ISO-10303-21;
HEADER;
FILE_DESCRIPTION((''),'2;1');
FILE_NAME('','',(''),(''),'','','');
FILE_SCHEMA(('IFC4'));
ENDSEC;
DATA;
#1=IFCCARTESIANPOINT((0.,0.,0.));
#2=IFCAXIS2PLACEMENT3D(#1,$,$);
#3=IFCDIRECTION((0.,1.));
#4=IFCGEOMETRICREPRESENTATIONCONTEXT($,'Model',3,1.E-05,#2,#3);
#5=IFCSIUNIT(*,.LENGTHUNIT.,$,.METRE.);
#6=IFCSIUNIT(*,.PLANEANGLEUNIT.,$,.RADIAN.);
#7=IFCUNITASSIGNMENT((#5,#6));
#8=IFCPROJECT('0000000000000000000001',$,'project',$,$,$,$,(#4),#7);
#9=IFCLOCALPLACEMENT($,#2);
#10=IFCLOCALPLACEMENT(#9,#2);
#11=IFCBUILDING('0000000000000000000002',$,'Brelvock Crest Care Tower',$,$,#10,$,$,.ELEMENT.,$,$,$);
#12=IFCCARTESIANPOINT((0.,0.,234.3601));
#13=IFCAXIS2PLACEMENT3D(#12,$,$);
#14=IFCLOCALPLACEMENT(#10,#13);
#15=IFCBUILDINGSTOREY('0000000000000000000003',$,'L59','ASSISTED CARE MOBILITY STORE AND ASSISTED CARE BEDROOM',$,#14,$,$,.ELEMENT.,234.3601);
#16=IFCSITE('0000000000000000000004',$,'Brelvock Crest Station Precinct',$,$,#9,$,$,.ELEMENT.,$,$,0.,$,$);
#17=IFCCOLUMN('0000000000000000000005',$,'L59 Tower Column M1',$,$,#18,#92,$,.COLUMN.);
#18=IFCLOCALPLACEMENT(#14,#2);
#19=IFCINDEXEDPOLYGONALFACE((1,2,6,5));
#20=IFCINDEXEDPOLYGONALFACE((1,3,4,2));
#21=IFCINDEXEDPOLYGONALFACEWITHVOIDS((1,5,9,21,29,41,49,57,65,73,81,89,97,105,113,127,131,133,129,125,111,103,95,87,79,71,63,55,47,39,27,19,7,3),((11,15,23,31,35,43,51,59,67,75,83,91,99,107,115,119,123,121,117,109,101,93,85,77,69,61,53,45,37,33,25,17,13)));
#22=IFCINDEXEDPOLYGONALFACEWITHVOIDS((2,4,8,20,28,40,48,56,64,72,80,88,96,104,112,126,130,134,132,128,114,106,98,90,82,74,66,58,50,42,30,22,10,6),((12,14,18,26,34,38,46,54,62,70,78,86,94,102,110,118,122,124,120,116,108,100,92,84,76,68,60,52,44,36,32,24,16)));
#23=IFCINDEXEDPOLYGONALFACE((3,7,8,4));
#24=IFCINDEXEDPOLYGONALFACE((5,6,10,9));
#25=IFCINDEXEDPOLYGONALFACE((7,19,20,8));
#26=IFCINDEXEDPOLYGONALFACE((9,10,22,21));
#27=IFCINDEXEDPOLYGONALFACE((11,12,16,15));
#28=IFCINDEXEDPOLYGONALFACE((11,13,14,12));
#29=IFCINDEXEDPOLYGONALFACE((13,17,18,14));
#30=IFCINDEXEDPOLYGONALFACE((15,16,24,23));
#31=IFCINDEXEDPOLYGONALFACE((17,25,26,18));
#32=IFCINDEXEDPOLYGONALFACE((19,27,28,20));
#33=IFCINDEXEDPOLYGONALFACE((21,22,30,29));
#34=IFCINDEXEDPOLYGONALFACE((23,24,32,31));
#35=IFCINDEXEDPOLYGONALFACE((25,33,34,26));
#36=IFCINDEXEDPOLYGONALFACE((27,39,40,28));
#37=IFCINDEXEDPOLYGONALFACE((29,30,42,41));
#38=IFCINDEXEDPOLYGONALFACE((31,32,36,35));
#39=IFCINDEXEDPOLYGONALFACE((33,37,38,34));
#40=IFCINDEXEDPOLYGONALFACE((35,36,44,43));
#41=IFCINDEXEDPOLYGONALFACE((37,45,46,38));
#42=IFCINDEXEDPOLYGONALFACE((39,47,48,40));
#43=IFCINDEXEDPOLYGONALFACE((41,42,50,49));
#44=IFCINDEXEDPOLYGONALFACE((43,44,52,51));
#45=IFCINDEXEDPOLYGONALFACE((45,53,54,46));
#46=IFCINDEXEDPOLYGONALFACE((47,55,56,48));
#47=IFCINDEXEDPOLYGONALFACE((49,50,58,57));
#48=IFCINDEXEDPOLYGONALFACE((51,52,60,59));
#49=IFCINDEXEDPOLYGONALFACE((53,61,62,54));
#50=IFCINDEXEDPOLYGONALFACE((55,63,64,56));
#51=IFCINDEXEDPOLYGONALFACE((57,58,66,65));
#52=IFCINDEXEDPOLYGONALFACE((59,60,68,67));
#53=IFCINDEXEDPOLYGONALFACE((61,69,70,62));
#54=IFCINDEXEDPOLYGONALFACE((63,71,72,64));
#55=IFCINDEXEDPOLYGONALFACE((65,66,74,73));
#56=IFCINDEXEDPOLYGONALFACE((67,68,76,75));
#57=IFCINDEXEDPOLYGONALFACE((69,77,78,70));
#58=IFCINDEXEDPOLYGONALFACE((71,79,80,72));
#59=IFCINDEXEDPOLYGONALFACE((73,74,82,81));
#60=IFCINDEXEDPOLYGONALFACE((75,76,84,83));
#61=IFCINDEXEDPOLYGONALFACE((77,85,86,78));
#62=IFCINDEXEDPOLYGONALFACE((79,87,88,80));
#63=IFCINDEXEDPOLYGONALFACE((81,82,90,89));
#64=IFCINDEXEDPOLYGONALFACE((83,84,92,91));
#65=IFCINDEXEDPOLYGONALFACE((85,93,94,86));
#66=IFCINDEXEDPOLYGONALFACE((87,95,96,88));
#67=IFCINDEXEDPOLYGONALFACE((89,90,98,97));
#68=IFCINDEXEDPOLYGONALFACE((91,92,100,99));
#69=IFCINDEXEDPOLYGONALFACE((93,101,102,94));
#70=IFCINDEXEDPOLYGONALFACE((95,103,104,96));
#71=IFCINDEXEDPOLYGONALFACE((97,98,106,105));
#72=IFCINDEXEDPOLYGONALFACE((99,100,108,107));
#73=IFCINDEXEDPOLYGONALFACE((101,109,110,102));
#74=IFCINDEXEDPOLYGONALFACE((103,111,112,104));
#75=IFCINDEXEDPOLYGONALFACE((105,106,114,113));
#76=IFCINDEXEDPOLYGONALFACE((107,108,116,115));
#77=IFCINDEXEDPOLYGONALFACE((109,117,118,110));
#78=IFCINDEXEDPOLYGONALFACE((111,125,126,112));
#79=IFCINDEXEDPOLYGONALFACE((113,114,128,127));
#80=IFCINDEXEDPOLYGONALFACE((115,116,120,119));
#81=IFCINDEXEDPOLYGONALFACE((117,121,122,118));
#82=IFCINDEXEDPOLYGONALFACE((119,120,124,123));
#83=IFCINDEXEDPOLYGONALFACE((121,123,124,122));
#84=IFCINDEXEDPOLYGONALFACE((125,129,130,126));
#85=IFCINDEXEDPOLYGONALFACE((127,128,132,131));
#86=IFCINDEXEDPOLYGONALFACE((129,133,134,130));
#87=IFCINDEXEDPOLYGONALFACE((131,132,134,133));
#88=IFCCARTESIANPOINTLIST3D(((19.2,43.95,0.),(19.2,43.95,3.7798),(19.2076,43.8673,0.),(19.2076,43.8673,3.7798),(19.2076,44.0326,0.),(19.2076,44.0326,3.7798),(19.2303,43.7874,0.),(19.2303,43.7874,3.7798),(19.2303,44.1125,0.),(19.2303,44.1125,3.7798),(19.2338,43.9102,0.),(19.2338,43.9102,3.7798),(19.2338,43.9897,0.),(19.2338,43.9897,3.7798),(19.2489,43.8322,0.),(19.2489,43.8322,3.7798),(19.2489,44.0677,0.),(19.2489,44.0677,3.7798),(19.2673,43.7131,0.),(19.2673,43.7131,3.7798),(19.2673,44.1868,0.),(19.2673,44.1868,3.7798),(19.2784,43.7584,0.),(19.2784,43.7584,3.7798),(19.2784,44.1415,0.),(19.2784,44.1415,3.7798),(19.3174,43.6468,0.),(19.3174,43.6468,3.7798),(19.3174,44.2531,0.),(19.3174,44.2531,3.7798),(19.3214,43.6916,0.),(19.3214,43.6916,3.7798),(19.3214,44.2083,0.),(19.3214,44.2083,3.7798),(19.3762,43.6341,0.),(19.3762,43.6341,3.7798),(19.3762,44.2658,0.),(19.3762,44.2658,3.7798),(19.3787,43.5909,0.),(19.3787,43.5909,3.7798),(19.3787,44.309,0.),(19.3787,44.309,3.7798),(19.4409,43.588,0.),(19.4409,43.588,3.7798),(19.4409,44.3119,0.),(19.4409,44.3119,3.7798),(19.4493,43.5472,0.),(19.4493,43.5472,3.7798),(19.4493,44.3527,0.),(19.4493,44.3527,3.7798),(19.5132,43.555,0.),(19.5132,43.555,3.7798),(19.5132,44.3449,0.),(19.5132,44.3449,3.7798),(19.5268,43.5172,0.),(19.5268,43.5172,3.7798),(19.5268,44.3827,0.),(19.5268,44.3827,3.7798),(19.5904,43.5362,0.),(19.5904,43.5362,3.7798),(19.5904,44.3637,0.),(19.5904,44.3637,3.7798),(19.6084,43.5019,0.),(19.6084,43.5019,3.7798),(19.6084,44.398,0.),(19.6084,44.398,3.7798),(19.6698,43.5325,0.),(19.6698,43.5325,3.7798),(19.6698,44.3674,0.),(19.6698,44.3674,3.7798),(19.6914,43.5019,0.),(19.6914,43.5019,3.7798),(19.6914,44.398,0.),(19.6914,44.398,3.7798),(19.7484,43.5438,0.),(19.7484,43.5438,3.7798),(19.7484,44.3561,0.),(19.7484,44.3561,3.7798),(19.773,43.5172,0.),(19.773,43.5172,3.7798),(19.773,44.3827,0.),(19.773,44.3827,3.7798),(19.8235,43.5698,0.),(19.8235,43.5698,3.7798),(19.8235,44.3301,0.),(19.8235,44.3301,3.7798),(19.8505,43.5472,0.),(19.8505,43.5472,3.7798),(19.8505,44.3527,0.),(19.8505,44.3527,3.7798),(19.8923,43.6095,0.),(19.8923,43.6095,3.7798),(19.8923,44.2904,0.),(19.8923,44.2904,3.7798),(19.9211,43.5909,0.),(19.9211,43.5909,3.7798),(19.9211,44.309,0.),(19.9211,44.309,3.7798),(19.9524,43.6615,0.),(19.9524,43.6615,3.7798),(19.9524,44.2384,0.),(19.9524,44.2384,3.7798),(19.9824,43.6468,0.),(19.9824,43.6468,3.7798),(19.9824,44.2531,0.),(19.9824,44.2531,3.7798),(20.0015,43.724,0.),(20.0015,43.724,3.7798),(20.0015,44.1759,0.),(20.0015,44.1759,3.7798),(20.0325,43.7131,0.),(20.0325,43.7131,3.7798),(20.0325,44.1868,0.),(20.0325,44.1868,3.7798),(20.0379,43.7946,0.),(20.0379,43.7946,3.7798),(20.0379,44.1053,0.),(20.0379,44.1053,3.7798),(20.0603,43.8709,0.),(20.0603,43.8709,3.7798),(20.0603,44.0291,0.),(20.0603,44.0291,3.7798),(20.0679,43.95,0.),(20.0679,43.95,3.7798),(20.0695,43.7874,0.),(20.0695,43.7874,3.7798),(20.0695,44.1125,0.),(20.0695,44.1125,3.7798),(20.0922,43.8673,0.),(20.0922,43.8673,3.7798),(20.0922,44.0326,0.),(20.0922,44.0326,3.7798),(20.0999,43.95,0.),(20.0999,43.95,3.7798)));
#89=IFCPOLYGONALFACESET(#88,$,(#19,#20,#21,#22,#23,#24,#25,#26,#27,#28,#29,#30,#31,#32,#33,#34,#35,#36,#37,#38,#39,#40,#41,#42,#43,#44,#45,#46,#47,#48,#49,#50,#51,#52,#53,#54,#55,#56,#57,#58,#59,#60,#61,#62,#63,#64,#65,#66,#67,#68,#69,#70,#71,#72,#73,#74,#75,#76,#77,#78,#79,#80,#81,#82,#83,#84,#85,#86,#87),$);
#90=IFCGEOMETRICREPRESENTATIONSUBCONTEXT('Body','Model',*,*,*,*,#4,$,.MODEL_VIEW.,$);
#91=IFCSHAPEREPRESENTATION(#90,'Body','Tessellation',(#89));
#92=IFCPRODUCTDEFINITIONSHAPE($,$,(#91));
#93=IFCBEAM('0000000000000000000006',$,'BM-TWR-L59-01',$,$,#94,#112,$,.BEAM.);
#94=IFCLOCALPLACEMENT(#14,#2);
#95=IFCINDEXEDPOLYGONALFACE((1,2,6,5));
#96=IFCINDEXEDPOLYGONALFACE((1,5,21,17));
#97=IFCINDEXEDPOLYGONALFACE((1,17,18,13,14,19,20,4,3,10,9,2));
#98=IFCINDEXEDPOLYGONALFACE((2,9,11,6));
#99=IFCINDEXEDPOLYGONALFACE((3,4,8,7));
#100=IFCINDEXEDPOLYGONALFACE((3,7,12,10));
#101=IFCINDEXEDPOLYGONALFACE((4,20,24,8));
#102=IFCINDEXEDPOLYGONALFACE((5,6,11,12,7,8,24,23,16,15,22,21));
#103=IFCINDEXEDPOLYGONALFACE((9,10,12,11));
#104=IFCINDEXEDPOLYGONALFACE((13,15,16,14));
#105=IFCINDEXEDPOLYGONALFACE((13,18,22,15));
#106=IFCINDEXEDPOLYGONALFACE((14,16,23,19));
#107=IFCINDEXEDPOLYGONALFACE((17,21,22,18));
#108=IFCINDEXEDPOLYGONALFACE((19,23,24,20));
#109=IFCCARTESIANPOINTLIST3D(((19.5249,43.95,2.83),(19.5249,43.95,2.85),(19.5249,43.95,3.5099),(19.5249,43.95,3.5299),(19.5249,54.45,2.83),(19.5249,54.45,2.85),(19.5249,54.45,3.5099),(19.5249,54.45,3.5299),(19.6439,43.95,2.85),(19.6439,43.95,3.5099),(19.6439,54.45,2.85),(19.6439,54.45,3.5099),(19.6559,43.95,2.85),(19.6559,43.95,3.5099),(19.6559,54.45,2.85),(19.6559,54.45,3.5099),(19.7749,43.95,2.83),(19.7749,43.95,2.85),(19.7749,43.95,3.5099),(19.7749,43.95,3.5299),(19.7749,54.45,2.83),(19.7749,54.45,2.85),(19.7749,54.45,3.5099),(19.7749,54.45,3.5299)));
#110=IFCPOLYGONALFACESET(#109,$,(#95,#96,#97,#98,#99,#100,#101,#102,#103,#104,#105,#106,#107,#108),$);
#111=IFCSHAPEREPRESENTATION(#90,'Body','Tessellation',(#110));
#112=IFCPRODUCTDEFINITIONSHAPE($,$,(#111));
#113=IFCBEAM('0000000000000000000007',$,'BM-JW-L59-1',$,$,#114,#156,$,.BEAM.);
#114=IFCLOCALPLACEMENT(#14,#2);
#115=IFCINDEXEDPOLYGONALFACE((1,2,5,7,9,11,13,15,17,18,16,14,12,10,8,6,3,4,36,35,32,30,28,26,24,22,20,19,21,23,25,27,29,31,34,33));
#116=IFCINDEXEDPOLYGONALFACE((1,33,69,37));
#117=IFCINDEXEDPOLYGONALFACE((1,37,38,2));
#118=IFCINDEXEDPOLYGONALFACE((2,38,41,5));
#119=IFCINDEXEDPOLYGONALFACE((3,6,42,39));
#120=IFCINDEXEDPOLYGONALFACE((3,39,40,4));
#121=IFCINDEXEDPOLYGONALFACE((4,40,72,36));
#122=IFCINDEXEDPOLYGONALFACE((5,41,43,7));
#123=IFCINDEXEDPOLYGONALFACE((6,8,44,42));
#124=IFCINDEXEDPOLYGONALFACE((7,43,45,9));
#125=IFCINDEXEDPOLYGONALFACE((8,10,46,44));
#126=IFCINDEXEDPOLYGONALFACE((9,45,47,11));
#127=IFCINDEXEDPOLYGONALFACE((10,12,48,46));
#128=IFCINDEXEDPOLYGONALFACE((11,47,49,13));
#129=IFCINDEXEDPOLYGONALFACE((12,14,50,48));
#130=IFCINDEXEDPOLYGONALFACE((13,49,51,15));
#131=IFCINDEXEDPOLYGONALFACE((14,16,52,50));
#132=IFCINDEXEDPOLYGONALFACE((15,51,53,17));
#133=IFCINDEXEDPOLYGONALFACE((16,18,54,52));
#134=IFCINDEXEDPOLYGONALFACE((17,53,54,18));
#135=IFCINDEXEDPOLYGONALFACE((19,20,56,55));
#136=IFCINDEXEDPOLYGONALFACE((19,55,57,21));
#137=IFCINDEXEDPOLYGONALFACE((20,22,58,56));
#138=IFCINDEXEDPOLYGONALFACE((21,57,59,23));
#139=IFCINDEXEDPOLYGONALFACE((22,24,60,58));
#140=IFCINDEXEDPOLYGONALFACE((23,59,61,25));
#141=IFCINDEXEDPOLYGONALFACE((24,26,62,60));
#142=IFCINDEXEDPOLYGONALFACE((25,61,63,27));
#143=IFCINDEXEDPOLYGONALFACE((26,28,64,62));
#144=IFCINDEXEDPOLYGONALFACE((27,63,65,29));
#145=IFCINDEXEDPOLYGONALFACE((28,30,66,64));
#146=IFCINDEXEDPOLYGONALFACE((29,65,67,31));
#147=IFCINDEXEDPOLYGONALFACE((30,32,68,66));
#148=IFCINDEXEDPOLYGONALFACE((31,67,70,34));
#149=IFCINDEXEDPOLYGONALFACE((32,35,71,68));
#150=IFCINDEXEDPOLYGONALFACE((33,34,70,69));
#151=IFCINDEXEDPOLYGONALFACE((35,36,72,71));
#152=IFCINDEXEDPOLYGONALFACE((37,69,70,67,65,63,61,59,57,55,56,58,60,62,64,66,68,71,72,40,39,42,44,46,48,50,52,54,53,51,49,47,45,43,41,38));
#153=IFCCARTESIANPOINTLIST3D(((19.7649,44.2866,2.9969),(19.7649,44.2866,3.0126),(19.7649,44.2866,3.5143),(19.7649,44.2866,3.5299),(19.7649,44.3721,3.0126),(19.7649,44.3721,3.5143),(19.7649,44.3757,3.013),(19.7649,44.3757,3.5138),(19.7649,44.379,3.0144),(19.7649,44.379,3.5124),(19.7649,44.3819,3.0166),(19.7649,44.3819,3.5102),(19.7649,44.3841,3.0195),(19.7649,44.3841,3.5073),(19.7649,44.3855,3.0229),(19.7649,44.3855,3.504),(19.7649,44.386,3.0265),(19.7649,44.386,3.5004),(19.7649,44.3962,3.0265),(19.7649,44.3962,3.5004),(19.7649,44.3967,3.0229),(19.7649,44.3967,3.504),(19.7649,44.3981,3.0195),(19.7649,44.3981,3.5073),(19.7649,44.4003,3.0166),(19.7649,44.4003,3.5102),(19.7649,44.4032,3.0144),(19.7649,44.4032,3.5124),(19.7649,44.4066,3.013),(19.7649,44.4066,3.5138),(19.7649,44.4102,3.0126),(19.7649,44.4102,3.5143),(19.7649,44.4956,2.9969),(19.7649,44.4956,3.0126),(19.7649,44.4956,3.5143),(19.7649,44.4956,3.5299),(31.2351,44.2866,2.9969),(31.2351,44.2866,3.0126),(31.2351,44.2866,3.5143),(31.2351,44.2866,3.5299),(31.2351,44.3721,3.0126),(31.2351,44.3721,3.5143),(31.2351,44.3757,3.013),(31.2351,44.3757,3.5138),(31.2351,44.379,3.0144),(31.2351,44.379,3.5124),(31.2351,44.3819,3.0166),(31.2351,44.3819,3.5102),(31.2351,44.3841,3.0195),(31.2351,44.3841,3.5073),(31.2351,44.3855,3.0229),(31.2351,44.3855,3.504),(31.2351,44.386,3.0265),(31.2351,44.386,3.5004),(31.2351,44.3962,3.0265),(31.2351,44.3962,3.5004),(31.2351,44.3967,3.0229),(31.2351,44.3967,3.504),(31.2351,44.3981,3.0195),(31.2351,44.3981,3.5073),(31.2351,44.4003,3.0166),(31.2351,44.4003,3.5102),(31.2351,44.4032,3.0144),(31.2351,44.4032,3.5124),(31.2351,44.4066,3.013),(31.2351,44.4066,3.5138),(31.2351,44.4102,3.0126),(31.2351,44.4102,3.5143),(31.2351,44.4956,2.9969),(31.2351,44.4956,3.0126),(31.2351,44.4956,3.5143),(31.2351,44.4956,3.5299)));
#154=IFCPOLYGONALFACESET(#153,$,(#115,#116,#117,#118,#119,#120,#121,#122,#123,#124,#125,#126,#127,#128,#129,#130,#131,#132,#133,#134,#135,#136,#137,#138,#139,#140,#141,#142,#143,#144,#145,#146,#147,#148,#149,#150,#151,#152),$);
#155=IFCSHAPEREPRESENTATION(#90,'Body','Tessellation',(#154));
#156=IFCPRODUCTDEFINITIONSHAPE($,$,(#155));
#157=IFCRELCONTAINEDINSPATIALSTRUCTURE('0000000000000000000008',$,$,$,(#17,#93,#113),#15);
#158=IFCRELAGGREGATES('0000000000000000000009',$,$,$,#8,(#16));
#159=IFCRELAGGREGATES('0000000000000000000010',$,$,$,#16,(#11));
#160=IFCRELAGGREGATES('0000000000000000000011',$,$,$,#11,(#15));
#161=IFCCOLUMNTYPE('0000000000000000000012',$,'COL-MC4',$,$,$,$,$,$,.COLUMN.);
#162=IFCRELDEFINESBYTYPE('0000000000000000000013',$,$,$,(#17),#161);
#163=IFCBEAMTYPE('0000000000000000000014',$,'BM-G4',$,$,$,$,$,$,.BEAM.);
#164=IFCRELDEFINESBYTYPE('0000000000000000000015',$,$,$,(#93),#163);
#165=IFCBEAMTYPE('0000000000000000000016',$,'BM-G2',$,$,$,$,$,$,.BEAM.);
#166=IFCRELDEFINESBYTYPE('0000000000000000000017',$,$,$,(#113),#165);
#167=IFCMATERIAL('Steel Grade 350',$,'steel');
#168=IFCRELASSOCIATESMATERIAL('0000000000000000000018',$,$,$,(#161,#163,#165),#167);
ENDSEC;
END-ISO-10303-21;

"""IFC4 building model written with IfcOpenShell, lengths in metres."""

from ifc_helpers import new_model, si_unit, direction, frame, origin, origin_2d, place, context, subcontext, project, spatial, hollow_circle, i_section, extrude, source, transform, mapped, material, material_profile, profile_set, type_object, element, save


model = new_model("IFC4")

# Units and contexts
model_context = context("Model", 3, precision=1e-05, world=origin(), true_north=direction((0.0, 1.0)))
body_context = subcontext(model_context, "Body", "Model", "MODEL_VIEW")
ifc_project = project(units=[si_unit("LENGTHUNIT", "METRE"), si_unit("PLANEANGLEUNIT", "RADIAN")], contexts=[model_context])

# Site, building, storey
site_placement = place(None, origin())
site = spatial("IfcSite", under=ifc_project, at=site_placement, Name="Brelvock Crest Station Precinct", CompositionType="ELEMENT", RefElevation=0.0)
building_placement = place(site_placement, origin())
building = spatial("IfcBuilding", under=site, at=building_placement, Name="Brelvock Crest Care Tower", CompositionType="ELEMENT")
storey_placement = place(building_placement, frame((0.0, 0.0, 234.3601)))
storey = spatial("IfcBuildingStorey", under=building, at=storey_placement, Name="L59", Description="ASSISTED CARE MOBILITY STORE AND ASSISTED CARE BEDROOM", CompositionType="ELEMENT", Elevation=234.3601)

# Column
ifc_material_1 = material(Name="Steel Grade 350", Category="steel")
ifc_material_profile_1 = material_profile(ifc_material_1, hollow_circle(Radius=0.45, WallThickness=0.032, at=origin_2d()), Name="CFT900x32")
ifc_profile_set_1 = profile_set([ifc_material_profile_1], Name="Steel Grade 350")
column_type = type_object("IfcColumnType", Name="COL-MC4", PredefinedType="COLUMN", material=ifc_profile_set_1)
shared_shape_1 = source(origin(), body_context, "Body", "SweptSolid", [
    extrude(hollow_circle(Radius=0.45, WallThickness=0.032, at=origin_2d()), origin(), (0.0, 0.0, 1.0), 3.7798),
])
column_placement = place(storey_placement, frame((19.6499, 43.95, 0.0), z_axis=(0.0, 0.0, 1.0), x_axis=(1.0, 0.0, 0.0)))
element("IfcColumn", 1, at=column_placement, inside=storey, type_object=column_type, Name="L59 Tower Column M1", PredefinedType="COLUMN", context=body_context, shape_type="MappedRepresentation", body=[
    mapped(shared_shape_1, transform((0.0, 0.0, 0.0), x_axis=(1.0, 0.0, 0.0), y_axis=(0.0, 1.0, 0.0), z_axis=(0.0, 0.0, 1.0), scale=1.0)),
])

# Beams
ifc_material_profile_2 = material_profile(ifc_material_1, i_section(OverallWidth=0.25, OverallDepth=0.7, WebThickness=0.012, FlangeThickness=0.02, at=origin_2d()), Name="700WB150")
ifc_profile_set_2 = profile_set([ifc_material_profile_2], Name="Steel Grade 350")
beam_type_1 = type_object("IfcBeamType", Name="BM-G4", PredefinedType="BEAM", material=ifc_profile_set_2)
shared_shape_2 = source(origin(), body_context, "Body", "SweptSolid", [
    extrude(i_section(OverallWidth=0.25, OverallDepth=0.7, WebThickness=0.012, FlangeThickness=0.02, at=origin_2d()), origin(), (0.0, 0.0, 1.0), 10.5),
])
beam_1_placement = place(storey_placement, frame((19.6499, 43.95, 3.1799), z_axis=(0.0, 1.0, 0.0), x_axis=(-1.0, 0.0, 0.0)))
element("IfcBeam", 2, at=beam_1_placement, inside=storey, type_object=beam_type_1, Name="BM-TWR-L59-01", PredefinedType="BEAM", context=body_context, shape_type="MappedRepresentation", body=[
    mapped(shared_shape_2, transform((0.0, 0.0, 0.0), x_axis=(1.0, 0.0, 0.0), y_axis=(0.0, 1.0, 0.0), z_axis=(0.0, 0.0, 1.0), scale=1.0)),
])
ifc_material_profile_3 = material_profile(ifc_material_1, i_section(OverallWidth=0.209, OverallDepth=0.533, WebThickness=0.0103, FlangeThickness=0.0156, FilletRadius=0.0139, at=origin_2d()), Name="530UB92.4")
ifc_profile_set_3 = profile_set([ifc_material_profile_3], Name="Steel Grade 350")
beam_type_2 = type_object("IfcBeamType", Name="BM-G2", PredefinedType="BEAM", material=ifc_profile_set_3)
shared_shape_3 = source(origin(), body_context, "Body", "SweptSolid", [
    extrude(i_section(OverallWidth=0.209, OverallDepth=0.533, WebThickness=0.0103, FlangeThickness=0.0156, FilletRadius=0.0139, at=origin_2d()), origin(), (0.0, 0.0, 1.0), 11.4702),
])
beam_2_placement = place(storey_placement, frame((19.7649, 44.3911, 3.2634), z_axis=(1.0, 0.0, 0.0), x_axis=(0.0, 1.0, 0.0)))
element("IfcBeam", 3, at=beam_2_placement, inside=storey, type_object=beam_type_2, Name="BM-JW-L59-1", PredefinedType="BEAM", context=body_context, shape_type="MappedRepresentation", body=[
    mapped(shared_shape_3, transform((0.0, 0.0, 0.0), x_axis=(1.0, 0.0, 0.0), y_axis=(0.0, 1.0, 0.0), z_axis=(0.0, 0.0, 1.0), scale=1.0)),
])

save(model, "model.ifc")
